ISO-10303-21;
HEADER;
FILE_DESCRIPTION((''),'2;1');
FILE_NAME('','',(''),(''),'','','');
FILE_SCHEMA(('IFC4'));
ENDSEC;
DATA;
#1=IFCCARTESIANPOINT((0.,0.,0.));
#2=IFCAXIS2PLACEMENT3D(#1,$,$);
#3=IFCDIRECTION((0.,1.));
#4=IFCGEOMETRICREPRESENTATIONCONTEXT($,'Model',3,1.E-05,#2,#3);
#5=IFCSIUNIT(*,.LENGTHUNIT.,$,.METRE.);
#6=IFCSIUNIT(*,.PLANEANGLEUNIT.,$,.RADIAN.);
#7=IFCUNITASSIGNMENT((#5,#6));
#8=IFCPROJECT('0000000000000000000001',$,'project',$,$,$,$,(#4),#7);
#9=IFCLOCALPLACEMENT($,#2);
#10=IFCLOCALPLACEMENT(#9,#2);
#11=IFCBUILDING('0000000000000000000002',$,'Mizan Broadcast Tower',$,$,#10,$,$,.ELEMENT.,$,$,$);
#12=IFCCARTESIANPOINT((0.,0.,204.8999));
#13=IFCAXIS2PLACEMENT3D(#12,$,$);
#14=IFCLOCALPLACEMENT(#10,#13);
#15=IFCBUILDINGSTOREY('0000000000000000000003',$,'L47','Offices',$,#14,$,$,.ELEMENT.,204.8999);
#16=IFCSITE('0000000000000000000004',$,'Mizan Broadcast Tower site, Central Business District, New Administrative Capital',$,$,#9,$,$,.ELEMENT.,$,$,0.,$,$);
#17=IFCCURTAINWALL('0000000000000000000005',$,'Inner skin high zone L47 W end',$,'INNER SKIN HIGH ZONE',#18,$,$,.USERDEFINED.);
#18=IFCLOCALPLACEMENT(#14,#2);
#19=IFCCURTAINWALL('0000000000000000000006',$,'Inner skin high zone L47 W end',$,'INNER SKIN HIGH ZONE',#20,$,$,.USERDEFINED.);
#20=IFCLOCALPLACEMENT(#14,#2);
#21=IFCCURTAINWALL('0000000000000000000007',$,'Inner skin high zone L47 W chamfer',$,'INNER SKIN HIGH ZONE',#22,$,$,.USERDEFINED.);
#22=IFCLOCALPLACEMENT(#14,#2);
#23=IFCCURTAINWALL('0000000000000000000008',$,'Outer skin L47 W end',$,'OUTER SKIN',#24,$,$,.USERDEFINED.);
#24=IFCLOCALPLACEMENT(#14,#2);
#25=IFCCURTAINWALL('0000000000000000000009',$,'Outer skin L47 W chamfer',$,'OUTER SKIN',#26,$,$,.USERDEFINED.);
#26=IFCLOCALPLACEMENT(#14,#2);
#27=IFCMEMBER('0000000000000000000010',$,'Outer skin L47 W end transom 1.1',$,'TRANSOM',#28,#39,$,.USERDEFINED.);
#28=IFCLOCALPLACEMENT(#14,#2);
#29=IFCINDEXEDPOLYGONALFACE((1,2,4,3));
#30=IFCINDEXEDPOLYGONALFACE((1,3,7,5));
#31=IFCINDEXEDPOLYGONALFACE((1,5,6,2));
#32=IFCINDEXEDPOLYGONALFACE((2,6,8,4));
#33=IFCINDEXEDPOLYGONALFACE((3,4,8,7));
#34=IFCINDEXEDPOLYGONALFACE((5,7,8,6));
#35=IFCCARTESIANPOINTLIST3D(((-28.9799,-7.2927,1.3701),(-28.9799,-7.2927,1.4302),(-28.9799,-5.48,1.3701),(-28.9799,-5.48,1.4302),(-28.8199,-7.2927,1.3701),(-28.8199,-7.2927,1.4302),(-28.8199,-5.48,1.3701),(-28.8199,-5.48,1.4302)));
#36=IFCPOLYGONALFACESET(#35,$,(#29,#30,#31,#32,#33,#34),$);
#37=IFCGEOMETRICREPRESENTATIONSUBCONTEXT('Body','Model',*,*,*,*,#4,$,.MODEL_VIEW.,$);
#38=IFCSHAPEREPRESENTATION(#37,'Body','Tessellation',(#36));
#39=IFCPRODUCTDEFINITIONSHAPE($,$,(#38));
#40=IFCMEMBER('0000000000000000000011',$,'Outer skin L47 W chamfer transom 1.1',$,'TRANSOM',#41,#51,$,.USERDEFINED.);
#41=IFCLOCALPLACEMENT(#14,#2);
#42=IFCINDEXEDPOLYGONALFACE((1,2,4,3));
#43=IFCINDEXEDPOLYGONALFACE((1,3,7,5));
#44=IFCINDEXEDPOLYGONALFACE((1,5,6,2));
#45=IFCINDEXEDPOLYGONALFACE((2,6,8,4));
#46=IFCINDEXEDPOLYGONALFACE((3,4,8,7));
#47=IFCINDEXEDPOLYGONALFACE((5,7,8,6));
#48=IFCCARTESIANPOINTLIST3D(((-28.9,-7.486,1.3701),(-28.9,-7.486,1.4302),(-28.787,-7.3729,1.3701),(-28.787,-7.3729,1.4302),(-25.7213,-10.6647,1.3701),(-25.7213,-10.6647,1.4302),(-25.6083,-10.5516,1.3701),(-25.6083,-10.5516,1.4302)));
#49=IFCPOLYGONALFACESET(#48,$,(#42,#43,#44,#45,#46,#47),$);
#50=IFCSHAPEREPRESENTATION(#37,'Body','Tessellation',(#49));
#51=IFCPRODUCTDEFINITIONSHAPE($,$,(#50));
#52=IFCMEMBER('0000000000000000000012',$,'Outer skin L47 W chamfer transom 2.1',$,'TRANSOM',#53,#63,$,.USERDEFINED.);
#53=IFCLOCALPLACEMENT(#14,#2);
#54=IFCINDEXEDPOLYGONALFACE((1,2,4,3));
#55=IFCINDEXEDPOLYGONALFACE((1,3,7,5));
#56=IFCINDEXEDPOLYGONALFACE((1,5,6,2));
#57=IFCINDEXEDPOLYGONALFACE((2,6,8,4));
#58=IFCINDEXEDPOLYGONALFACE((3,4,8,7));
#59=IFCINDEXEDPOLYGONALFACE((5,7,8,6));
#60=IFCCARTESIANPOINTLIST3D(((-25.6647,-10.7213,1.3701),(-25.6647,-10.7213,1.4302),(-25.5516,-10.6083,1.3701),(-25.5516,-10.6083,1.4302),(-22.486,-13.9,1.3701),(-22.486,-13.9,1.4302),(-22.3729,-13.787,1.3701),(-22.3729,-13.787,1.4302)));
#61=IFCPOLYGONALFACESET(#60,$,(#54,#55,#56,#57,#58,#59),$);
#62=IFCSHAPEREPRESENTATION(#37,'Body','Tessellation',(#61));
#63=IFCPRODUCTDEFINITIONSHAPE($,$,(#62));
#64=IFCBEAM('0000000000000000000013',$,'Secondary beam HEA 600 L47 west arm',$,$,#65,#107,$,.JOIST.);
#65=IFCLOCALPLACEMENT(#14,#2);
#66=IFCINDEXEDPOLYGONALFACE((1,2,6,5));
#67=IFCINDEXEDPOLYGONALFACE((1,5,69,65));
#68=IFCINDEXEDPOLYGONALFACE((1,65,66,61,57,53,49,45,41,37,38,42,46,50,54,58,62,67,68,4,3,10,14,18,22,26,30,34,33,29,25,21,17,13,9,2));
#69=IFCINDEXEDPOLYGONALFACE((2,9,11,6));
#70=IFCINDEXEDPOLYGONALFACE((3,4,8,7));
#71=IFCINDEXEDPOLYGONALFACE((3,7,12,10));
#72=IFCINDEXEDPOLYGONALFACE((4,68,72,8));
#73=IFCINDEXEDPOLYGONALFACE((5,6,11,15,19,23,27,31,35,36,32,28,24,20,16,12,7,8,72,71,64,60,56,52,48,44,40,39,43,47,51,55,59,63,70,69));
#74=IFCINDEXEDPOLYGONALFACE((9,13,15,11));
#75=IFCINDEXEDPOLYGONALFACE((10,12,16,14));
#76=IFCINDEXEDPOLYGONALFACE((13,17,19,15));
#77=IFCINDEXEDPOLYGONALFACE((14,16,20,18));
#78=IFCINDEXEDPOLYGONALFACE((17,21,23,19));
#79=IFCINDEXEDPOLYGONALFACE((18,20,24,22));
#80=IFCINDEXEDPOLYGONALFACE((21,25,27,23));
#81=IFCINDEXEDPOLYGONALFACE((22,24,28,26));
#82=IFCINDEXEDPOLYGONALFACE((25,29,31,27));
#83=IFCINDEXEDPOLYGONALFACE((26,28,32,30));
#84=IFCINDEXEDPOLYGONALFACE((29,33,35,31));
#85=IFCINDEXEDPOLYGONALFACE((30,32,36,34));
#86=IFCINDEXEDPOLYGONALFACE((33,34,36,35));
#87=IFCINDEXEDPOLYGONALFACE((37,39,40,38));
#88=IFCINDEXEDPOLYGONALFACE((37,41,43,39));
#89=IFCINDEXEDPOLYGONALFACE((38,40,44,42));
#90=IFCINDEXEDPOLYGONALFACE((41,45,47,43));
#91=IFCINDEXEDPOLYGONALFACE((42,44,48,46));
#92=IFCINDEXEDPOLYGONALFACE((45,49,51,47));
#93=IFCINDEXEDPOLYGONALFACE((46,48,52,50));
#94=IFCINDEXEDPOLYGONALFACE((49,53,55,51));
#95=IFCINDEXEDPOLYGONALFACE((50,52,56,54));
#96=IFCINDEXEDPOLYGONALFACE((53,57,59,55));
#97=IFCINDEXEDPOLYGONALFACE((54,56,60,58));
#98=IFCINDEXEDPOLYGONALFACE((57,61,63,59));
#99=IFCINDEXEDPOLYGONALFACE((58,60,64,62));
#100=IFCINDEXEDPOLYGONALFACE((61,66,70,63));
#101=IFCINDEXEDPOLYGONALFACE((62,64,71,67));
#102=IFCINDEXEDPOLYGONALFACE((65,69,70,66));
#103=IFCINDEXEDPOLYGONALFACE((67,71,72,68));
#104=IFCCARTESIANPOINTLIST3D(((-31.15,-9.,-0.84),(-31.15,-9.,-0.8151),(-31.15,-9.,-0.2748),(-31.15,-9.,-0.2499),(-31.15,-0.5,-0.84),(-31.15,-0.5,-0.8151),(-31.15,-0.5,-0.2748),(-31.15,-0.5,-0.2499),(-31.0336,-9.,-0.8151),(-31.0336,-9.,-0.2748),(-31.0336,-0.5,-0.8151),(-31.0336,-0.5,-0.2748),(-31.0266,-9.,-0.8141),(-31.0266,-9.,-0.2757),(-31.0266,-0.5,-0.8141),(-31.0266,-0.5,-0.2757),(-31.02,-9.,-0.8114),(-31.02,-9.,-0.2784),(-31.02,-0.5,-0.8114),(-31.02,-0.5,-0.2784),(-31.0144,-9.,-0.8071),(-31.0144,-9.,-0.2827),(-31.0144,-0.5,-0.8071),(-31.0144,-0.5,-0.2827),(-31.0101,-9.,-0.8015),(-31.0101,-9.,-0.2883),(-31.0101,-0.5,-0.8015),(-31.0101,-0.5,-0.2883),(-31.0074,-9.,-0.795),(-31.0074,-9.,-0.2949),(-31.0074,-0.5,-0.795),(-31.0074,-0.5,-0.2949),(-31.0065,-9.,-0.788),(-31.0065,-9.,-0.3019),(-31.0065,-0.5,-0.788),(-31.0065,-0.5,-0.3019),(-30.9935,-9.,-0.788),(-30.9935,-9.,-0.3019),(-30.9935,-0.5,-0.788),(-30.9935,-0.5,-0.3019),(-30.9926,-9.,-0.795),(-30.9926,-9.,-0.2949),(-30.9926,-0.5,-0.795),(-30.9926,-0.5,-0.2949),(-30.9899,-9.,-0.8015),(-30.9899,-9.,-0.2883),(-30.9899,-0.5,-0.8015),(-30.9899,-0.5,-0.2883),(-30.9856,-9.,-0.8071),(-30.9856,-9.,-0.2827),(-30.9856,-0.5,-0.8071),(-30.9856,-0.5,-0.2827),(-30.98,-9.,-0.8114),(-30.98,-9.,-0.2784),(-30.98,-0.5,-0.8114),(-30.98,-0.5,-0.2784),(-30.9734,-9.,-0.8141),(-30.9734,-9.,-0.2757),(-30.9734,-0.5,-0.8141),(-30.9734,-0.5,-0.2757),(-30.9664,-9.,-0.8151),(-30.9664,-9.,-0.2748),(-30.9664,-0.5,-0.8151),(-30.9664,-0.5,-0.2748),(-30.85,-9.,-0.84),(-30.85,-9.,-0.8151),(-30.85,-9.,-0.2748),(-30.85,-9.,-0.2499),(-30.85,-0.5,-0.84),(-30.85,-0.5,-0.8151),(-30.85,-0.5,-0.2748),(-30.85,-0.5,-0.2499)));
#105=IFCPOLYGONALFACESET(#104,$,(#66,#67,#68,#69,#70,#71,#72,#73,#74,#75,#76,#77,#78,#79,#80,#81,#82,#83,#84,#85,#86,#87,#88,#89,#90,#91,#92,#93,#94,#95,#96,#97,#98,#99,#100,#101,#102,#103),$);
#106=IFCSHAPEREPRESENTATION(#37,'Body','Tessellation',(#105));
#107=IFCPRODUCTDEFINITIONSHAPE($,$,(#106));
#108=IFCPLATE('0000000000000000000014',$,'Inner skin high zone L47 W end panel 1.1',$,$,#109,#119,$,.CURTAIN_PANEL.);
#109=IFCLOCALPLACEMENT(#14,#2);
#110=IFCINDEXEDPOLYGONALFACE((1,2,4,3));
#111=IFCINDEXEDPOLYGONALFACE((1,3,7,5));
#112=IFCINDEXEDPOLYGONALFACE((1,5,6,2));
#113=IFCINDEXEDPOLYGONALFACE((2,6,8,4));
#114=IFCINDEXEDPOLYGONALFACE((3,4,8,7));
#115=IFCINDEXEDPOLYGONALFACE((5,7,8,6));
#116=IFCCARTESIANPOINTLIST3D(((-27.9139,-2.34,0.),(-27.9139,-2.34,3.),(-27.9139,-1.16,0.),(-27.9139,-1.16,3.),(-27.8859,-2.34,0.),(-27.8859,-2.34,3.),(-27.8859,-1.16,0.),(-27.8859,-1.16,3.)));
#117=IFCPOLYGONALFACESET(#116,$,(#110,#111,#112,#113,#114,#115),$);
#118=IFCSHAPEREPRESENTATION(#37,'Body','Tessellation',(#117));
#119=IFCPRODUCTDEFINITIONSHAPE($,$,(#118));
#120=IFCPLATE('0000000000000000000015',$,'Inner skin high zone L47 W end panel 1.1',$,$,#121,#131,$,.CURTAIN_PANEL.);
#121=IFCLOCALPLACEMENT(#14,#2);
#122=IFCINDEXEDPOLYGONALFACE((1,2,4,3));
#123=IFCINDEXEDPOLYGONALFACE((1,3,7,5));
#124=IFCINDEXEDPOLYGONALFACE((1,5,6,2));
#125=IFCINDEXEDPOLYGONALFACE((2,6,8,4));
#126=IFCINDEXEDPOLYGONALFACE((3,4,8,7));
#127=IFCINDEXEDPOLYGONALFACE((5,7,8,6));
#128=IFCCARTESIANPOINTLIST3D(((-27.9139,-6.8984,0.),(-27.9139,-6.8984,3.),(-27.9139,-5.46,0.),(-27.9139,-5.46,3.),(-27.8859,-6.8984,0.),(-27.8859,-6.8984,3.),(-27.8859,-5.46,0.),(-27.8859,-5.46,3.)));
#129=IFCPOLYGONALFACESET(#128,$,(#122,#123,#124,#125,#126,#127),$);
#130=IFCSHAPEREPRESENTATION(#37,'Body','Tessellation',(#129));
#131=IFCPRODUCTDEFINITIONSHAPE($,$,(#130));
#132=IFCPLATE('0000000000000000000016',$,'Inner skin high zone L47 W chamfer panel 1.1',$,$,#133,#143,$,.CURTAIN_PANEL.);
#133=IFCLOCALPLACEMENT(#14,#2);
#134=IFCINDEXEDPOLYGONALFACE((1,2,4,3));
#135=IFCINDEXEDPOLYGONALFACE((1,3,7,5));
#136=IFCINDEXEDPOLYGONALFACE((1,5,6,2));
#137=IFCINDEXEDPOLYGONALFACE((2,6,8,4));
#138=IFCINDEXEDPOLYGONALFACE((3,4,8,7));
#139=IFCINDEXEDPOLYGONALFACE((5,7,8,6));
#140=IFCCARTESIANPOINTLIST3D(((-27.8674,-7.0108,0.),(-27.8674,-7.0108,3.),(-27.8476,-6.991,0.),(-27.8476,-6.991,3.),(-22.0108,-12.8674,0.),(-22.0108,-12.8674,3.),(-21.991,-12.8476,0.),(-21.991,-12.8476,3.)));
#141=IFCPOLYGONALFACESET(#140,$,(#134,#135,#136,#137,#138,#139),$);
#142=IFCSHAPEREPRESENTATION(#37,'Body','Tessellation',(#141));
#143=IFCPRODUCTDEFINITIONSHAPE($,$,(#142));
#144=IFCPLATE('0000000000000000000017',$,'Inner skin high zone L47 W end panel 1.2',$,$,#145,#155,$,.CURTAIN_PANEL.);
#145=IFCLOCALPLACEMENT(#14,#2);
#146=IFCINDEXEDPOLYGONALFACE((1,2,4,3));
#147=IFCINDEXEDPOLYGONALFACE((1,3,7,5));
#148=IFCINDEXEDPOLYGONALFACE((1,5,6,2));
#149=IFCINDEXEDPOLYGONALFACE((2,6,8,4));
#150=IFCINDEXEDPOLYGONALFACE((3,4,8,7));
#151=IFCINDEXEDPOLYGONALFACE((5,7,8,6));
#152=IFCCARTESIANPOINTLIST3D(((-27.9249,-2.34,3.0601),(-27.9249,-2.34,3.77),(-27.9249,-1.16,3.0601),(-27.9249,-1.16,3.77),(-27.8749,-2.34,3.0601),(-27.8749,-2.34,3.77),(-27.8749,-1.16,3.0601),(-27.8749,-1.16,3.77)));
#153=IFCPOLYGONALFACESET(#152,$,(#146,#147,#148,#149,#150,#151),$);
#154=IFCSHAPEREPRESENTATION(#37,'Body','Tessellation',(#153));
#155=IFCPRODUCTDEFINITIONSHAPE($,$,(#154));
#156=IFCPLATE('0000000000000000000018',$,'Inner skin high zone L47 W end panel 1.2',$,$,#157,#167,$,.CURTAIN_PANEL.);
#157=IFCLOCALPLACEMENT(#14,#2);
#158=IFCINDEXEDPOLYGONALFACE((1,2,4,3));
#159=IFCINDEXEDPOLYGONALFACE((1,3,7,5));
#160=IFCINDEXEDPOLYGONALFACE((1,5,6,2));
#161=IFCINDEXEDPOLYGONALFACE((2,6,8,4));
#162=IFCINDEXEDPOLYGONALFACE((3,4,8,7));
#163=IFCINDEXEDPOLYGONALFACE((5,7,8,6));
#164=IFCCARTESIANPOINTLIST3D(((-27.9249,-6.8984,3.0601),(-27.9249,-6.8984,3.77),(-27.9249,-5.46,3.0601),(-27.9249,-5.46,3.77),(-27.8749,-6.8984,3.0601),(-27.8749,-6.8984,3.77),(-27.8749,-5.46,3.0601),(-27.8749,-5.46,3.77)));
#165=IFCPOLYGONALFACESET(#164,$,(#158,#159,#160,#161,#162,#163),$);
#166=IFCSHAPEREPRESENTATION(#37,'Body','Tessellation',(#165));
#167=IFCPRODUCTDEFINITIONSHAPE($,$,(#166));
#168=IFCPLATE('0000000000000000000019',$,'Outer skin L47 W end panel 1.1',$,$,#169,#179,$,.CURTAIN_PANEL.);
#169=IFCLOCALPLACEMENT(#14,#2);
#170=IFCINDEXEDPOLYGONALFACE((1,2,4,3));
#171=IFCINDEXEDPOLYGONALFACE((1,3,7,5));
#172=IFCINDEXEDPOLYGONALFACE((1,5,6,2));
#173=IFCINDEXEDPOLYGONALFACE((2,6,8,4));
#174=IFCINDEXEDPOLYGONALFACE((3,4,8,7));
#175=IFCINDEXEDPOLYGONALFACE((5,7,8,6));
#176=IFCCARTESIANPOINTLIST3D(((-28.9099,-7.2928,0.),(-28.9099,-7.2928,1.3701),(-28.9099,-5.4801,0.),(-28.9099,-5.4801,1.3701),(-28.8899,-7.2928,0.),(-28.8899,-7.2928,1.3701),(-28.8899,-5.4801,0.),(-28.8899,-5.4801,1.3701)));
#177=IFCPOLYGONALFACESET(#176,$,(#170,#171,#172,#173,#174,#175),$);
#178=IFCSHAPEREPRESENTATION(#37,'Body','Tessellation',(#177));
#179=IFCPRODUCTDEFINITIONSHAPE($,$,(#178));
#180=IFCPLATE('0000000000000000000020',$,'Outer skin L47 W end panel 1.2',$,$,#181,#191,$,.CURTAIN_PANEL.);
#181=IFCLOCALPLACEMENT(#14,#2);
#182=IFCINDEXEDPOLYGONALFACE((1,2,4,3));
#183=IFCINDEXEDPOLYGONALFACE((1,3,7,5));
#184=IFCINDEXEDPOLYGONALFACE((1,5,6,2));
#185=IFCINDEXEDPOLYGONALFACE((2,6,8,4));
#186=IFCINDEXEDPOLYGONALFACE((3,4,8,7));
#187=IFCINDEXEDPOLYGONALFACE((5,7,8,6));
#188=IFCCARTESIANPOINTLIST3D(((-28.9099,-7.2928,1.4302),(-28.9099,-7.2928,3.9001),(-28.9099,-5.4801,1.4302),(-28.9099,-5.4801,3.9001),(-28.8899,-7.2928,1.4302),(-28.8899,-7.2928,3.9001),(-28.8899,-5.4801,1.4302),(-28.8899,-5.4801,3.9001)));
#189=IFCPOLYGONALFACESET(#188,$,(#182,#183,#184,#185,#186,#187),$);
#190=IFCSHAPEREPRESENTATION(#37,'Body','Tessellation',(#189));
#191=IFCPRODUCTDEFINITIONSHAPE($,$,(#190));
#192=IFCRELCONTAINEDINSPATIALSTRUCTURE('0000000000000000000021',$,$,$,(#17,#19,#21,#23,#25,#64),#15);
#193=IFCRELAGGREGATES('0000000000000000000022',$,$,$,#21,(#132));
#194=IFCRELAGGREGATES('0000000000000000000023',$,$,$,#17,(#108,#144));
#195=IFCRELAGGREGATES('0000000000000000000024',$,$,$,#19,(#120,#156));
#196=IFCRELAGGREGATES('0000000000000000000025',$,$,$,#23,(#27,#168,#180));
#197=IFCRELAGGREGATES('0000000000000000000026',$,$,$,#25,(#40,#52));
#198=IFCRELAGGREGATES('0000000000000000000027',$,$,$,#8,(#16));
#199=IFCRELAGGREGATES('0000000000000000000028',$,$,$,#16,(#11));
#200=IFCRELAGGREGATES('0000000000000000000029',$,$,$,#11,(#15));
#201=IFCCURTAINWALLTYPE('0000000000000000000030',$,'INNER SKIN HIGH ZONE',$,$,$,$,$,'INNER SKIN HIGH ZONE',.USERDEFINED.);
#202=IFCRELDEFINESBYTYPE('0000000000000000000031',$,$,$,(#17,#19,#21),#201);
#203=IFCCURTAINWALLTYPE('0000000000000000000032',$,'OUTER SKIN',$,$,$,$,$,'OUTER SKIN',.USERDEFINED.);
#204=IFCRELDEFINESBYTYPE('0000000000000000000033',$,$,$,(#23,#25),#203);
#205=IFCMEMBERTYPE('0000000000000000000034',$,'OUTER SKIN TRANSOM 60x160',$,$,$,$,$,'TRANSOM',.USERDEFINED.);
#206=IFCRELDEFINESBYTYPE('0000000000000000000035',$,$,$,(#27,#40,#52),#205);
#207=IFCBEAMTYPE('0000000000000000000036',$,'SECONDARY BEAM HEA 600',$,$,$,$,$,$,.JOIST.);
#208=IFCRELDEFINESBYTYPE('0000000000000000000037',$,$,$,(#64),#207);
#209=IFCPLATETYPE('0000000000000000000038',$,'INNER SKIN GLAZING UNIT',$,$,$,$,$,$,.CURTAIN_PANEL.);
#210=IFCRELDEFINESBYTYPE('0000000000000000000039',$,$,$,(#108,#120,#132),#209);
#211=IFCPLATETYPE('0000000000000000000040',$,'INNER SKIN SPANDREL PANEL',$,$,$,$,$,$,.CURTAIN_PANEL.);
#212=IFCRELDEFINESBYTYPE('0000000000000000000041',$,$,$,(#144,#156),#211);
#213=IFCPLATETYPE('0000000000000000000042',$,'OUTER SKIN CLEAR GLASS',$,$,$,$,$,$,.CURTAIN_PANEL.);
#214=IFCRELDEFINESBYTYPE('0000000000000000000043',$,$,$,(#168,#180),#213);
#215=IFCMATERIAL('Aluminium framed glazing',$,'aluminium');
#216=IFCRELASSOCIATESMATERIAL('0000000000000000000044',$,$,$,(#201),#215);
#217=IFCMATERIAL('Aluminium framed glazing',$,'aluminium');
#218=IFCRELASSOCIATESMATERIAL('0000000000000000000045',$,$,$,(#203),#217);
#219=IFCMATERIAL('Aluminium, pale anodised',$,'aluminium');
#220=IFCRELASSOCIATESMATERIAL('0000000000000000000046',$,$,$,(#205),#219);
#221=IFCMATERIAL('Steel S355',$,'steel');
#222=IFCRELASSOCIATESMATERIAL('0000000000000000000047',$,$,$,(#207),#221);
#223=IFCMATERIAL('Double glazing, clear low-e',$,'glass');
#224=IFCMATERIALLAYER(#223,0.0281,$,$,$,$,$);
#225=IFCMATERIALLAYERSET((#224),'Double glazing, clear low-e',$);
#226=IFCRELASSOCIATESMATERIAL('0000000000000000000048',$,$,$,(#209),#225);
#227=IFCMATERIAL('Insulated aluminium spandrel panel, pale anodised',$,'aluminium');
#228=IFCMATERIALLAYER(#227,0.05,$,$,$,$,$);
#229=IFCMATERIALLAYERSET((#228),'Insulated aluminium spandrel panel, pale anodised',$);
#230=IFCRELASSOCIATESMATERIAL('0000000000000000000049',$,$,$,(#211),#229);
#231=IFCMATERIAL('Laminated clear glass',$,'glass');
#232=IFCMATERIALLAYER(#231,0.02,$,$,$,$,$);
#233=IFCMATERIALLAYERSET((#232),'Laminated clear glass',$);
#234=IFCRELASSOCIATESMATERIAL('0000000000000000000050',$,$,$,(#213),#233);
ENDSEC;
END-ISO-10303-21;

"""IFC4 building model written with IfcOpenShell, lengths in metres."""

from ifc_helpers import new_model, si_unit, direction, frame, origin, origin_2d, place, context, subcontext, project, spatial, rectangle, i_section, extrude, material, layer, layer_set, material_profile, profile_set, type_object, element, aggregate, save


model = new_model("IFC4")

# Units and contexts
model_context = context("Model", 3, precision=1e-05, world=origin(), true_north=direction((0.0, 1.0)))
body_context = subcontext(model_context, "Body", "Model", "MODEL_VIEW")
ifc_project = project(units=[si_unit("LENGTHUNIT", "METRE"), si_unit("PLANEANGLEUNIT", "RADIAN")], contexts=[model_context])

# Site, building, storey
site_placement = place(None, origin())
site = spatial("IfcSite", under=ifc_project, at=site_placement, Name="Mizan Broadcast Tower site, Central Business District, New Administrative Capital", CompositionType="ELEMENT", RefElevation=0.0)
building_placement = place(site_placement, origin())
building = spatial("IfcBuilding", under=site, at=building_placement, Name="Mizan Broadcast Tower", CompositionType="ELEMENT")
storey_placement = place(building_placement, frame((0.0, 0.0, 204.8999)))
storey = spatial("IfcBuildingStorey", under=building, at=storey_placement, Name="L47", Description="Offices", CompositionType="ELEMENT", Elevation=204.8999)

# Curtain wall
ifc_material_1 = material(Name="Aluminium framed glazing", Category="aluminium")
curtain_wall_type_1 = type_object("IfcCurtainWallType", Name="INNER SKIN HIGH ZONE", ElementType="INNER SKIN HIGH ZONE", PredefinedType="USERDEFINED", material=ifc_material_1)
curtain_wall_1_placement = place(storey_placement, origin())
curtain_wall_1 = element("IfcCurtainWall", 1, at=curtain_wall_1_placement, inside=storey, type_object=curtain_wall_type_1, Name="Inner skin high zone L47 W end", ObjectType="INNER SKIN HIGH ZONE", PredefinedType="USERDEFINED")

# Curtain wall
curtain_wall_2_placement = place(storey_placement, origin())
curtain_wall_2 = element("IfcCurtainWall", 2, at=curtain_wall_2_placement, inside=storey, type_object=curtain_wall_type_1, Name="Inner skin high zone L47 W end", ObjectType="INNER SKIN HIGH ZONE", PredefinedType="USERDEFINED")

# Curtain wall
curtain_wall_3_placement = place(storey_placement, origin())
curtain_wall_3 = element("IfcCurtainWall", 3, at=curtain_wall_3_placement, inside=storey, type_object=curtain_wall_type_1, Name="Inner skin high zone L47 W chamfer", ObjectType="INNER SKIN HIGH ZONE", PredefinedType="USERDEFINED")
ifc_material_2 = material(Name="Aluminium framed glazing", Category="aluminium")
curtain_wall_type_2 = type_object("IfcCurtainWallType", Name="OUTER SKIN", ElementType="OUTER SKIN", PredefinedType="USERDEFINED", material=ifc_material_2)

# Curtain wall
curtain_wall_4_placement = place(storey_placement, origin())
curtain_wall_4 = element("IfcCurtainWall", 4, at=curtain_wall_4_placement, inside=storey, type_object=curtain_wall_type_2, Name="Outer skin L47 W end", ObjectType="OUTER SKIN", PredefinedType="USERDEFINED")

# Curtain wall
curtain_wall_5_placement = place(storey_placement, origin())
curtain_wall_5 = element("IfcCurtainWall", 5, at=curtain_wall_5_placement, inside=storey, type_object=curtain_wall_type_2, Name="Outer skin L47 W chamfer", ObjectType="OUTER SKIN", PredefinedType="USERDEFINED")

# Members
ifc_material_3 = material(Name="Aluminium, pale anodised", Category="aluminium")
ifc_material_profile_1 = material_profile(ifc_material_3, rectangle(XDim=0.1599, YDim=0.0601, at=origin_2d()), Name="TRANSOM 160x60")
ifc_profile_set_1 = profile_set([ifc_material_profile_1], Name="Aluminium, pale anodised")
member_type_1 = type_object("IfcMemberType", Name="OUTER SKIN TRANSOM 60x160", ElementType="TRANSOM", PredefinedType="USERDEFINED", material=ifc_profile_set_1)
member_1_placement = place(storey_placement, frame((-28.8999, -5.48, 1.4001), z_axis=(0.0, -1.0, 0.0), x_axis=(1.0, 0.0, 0.0)))
member_1 = element("IfcMember", 6, at=member_1_placement, type_object=member_type_1, Name="Outer skin L47 W end transom 1.1", ObjectType="TRANSOM", PredefinedType="USERDEFINED", context=body_context, shape_type="SweptSolid", body=[
    extrude(rectangle(XDim=0.1599, YDim=0.0601, at=origin_2d()), origin(), (0.0, 0.0, 1.0), 1.8127),
])
member_2_placement = place(storey_placement, frame((-28.8435, -7.4294, 1.4001), z_axis=(0.707107, -0.707107, 0.0), x_axis=(0.707107, 0.707107, 0.0)))
member_2 = element("IfcMember", 7, at=member_2_placement, type_object=member_type_1, Name="Outer skin L47 W chamfer transom 1.1", ObjectType="TRANSOM", PredefinedType="USERDEFINED", context=body_context, shape_type="SweptSolid", body=[
    extrude(rectangle(XDim=0.1599, YDim=0.0601, at=origin_2d()), origin(), (0.0, 0.0, 1.0), 4.4954),
])
member_3_placement = place(storey_placement, frame((-25.6082, -10.6648, 1.4001), z_axis=(0.707107, -0.707107, 0.0), x_axis=(0.707107, 0.707107, 0.0)))
member_3 = element("IfcMember", 8, at=member_3_placement, type_object=member_type_1, Name="Outer skin L47 W chamfer transom 2.1", ObjectType="TRANSOM", PredefinedType="USERDEFINED", context=body_context, shape_type="SweptSolid", body=[
    extrude(rectangle(XDim=0.1599, YDim=0.0601, at=origin_2d()), origin(), (0.0, 0.0, 1.0), 4.4954),
])

# Beam
ifc_material_4 = material(Name="Steel S355", Category="steel")
ifc_material_profile_2 = material_profile(ifc_material_4, i_section(OverallWidth=0.3, OverallDepth=0.5901, WebThickness=0.0129, FlangeThickness=0.0249, FilletRadius=0.0271, at=origin_2d()), Name="HEA 600")
ifc_profile_set_2 = profile_set([ifc_material_profile_2], Name="Steel S355")
beam_type_1 = type_object("IfcBeamType", Name="SECONDARY BEAM HEA 600", PredefinedType="JOIST", material=ifc_profile_set_2)
beam_1_placement = place(storey_placement, frame((-31.0, -9.0, -0.5449), z_axis=(0.0, 1.0, 0.0), x_axis=(-1.0, 0.0, 0.0)))
element("IfcBeam", 9, at=beam_1_placement, inside=storey, type_object=beam_type_1, Name="Secondary beam HEA 600 L47 west arm", PredefinedType="JOIST", context=body_context, shape_type="SweptSolid", body=[
    extrude(i_section(OverallWidth=0.3, OverallDepth=0.5901, WebThickness=0.0129, FlangeThickness=0.0249, FilletRadius=0.0271, at=origin_2d()), origin(), (0.0, 0.0, 1.0), 8.5),
])

# Plates
ifc_material_5 = material(Name="Double glazing, clear low-e", Category="glass")
ifc_layer_1 = layer(ifc_material_5, 0.0281)
ifc_layer_set_1 = layer_set([ifc_layer_1], Name="Double glazing, clear low-e")
plate_type_1 = type_object("IfcPlateType", Name="INNER SKIN GLAZING UNIT", PredefinedType="CURTAIN_PANEL", material=ifc_layer_set_1)
plate_1_placement = place(storey_placement, frame((-27.8999, -1.75, 0.0), z_axis=(0.0, 0.0, 1.0), x_axis=(0.0, -1.0, 0.0)))
plate_1 = element("IfcPlate", 10, at=plate_1_placement, type_object=plate_type_1, Name="Inner skin high zone L47 W end panel 1.1", PredefinedType="CURTAIN_PANEL", context=body_context, shape_type="SweptSolid", body=[
    extrude(rectangle(XDim=1.1799, YDim=0.0281, at=origin_2d()), origin(), (0.0, 0.0, 1.0), 3.0),
])
plate_2_placement = place(storey_placement, frame((-27.8999, -6.1792, 0.0), z_axis=(0.0, 0.0, 1.0), x_axis=(0.0, -1.0, 0.0)))
plate_2 = element("IfcPlate", 11, at=plate_2_placement, type_object=plate_type_1, Name="Inner skin high zone L47 W end panel 1.1", PredefinedType="CURTAIN_PANEL", context=body_context, shape_type="SweptSolid", body=[
    extrude(rectangle(XDim=1.4385, YDim=0.0281, at=origin_2d()), origin(), (0.0, 0.0, 1.0), 3.0),
])
plate_3_placement = place(storey_placement, frame((-24.9292, -9.9292, 0.0), z_axis=(0.0, 0.0, 1.0), x_axis=(0.707107, -0.707107, 0.0)))
plate_3 = element("IfcPlate", 12, at=plate_3_placement, type_object=plate_type_1, Name="Inner skin high zone L47 W chamfer panel 1.1", PredefinedType="CURTAIN_PANEL", context=body_context, shape_type="SweptSolid", body=[
    extrude(rectangle(XDim=8.2825, YDim=0.0281, at=origin_2d()), origin(), (0.0, 0.0, 1.0), 3.0),
])
aggregate(curtain_wall_3, [plate_3])
ifc_material_6 = material(Name="Insulated aluminium spandrel panel, pale anodised", Category="aluminium")
ifc_layer_2 = layer(ifc_material_6, 0.05)
ifc_layer_set_2 = layer_set([ifc_layer_2], Name="Insulated aluminium spandrel panel, pale anodised")
plate_type_2 = type_object("IfcPlateType", Name="INNER SKIN SPANDREL PANEL", PredefinedType="CURTAIN_PANEL", material=ifc_layer_set_2)
plate_4_placement = place(storey_placement, frame((-27.8999, -1.75, 3.0601), z_axis=(0.0, 0.0, 1.0), x_axis=(0.0, -1.0, 0.0)))
plate_4 = element("IfcPlate", 13, at=plate_4_placement, type_object=plate_type_2, Name="Inner skin high zone L47 W end panel 1.2", PredefinedType="CURTAIN_PANEL", context=body_context, shape_type="SweptSolid", body=[
    extrude(rectangle(XDim=1.1799, YDim=0.05, at=origin_2d()), origin(), (0.0, 0.0, 1.0), 0.71),
])
aggregate(curtain_wall_1, [plate_1, plate_4])
plate_5_placement = place(storey_placement, frame((-27.8999, -6.1792, 3.0601), z_axis=(0.0, 0.0, 1.0), x_axis=(0.0, -1.0, 0.0)))
plate_5 = element("IfcPlate", 14, at=plate_5_placement, type_object=plate_type_2, Name="Inner skin high zone L47 W end panel 1.2", PredefinedType="CURTAIN_PANEL", context=body_context, shape_type="SweptSolid", body=[
    extrude(rectangle(XDim=1.4385, YDim=0.05, at=origin_2d()), origin(), (0.0, 0.0, 1.0), 0.71),
])
aggregate(curtain_wall_2, [plate_2, plate_5])
ifc_material_7 = material(Name="Laminated clear glass", Category="glass")
ifc_layer_3 = layer(ifc_material_7, 0.02)
ifc_layer_set_3 = layer_set([ifc_layer_3], Name="Laminated clear glass")
plate_type_3 = type_object("IfcPlateType", Name="OUTER SKIN CLEAR GLASS", PredefinedType="CURTAIN_PANEL", material=ifc_layer_set_3)
plate_6_placement = place(storey_placement, frame((-28.8999, -6.3865, 0.0), z_axis=(0.0, 0.0, 1.0), x_axis=(0.0, -1.0, 0.0)))
plate_6 = element("IfcPlate", 15, at=plate_6_placement, type_object=plate_type_3, Name="Outer skin L47 W end panel 1.1", PredefinedType="CURTAIN_PANEL", context=body_context, shape_type="SweptSolid", body=[
    extrude(rectangle(XDim=1.8127, YDim=0.02, at=origin_2d()), origin(), (0.0, 0.0, 1.0), 1.3701),
])
plate_7_placement = place(storey_placement, frame((-28.8999, -6.3865, 1.4302), z_axis=(0.0, 0.0, 1.0), x_axis=(0.0, -1.0, 0.0)))
plate_7 = element("IfcPlate", 16, at=plate_7_placement, type_object=plate_type_3, Name="Outer skin L47 W end panel 1.2", PredefinedType="CURTAIN_PANEL", context=body_context, shape_type="SweptSolid", body=[
    extrude(rectangle(XDim=1.8127, YDim=0.02, at=origin_2d()), origin(), (0.0, 0.0, 1.0), 2.47),
])
aggregate(curtain_wall_4, [member_1, plate_6, plate_7])
aggregate(curtain_wall_5, [member_2, member_3])

save(model, "model.ifc")
